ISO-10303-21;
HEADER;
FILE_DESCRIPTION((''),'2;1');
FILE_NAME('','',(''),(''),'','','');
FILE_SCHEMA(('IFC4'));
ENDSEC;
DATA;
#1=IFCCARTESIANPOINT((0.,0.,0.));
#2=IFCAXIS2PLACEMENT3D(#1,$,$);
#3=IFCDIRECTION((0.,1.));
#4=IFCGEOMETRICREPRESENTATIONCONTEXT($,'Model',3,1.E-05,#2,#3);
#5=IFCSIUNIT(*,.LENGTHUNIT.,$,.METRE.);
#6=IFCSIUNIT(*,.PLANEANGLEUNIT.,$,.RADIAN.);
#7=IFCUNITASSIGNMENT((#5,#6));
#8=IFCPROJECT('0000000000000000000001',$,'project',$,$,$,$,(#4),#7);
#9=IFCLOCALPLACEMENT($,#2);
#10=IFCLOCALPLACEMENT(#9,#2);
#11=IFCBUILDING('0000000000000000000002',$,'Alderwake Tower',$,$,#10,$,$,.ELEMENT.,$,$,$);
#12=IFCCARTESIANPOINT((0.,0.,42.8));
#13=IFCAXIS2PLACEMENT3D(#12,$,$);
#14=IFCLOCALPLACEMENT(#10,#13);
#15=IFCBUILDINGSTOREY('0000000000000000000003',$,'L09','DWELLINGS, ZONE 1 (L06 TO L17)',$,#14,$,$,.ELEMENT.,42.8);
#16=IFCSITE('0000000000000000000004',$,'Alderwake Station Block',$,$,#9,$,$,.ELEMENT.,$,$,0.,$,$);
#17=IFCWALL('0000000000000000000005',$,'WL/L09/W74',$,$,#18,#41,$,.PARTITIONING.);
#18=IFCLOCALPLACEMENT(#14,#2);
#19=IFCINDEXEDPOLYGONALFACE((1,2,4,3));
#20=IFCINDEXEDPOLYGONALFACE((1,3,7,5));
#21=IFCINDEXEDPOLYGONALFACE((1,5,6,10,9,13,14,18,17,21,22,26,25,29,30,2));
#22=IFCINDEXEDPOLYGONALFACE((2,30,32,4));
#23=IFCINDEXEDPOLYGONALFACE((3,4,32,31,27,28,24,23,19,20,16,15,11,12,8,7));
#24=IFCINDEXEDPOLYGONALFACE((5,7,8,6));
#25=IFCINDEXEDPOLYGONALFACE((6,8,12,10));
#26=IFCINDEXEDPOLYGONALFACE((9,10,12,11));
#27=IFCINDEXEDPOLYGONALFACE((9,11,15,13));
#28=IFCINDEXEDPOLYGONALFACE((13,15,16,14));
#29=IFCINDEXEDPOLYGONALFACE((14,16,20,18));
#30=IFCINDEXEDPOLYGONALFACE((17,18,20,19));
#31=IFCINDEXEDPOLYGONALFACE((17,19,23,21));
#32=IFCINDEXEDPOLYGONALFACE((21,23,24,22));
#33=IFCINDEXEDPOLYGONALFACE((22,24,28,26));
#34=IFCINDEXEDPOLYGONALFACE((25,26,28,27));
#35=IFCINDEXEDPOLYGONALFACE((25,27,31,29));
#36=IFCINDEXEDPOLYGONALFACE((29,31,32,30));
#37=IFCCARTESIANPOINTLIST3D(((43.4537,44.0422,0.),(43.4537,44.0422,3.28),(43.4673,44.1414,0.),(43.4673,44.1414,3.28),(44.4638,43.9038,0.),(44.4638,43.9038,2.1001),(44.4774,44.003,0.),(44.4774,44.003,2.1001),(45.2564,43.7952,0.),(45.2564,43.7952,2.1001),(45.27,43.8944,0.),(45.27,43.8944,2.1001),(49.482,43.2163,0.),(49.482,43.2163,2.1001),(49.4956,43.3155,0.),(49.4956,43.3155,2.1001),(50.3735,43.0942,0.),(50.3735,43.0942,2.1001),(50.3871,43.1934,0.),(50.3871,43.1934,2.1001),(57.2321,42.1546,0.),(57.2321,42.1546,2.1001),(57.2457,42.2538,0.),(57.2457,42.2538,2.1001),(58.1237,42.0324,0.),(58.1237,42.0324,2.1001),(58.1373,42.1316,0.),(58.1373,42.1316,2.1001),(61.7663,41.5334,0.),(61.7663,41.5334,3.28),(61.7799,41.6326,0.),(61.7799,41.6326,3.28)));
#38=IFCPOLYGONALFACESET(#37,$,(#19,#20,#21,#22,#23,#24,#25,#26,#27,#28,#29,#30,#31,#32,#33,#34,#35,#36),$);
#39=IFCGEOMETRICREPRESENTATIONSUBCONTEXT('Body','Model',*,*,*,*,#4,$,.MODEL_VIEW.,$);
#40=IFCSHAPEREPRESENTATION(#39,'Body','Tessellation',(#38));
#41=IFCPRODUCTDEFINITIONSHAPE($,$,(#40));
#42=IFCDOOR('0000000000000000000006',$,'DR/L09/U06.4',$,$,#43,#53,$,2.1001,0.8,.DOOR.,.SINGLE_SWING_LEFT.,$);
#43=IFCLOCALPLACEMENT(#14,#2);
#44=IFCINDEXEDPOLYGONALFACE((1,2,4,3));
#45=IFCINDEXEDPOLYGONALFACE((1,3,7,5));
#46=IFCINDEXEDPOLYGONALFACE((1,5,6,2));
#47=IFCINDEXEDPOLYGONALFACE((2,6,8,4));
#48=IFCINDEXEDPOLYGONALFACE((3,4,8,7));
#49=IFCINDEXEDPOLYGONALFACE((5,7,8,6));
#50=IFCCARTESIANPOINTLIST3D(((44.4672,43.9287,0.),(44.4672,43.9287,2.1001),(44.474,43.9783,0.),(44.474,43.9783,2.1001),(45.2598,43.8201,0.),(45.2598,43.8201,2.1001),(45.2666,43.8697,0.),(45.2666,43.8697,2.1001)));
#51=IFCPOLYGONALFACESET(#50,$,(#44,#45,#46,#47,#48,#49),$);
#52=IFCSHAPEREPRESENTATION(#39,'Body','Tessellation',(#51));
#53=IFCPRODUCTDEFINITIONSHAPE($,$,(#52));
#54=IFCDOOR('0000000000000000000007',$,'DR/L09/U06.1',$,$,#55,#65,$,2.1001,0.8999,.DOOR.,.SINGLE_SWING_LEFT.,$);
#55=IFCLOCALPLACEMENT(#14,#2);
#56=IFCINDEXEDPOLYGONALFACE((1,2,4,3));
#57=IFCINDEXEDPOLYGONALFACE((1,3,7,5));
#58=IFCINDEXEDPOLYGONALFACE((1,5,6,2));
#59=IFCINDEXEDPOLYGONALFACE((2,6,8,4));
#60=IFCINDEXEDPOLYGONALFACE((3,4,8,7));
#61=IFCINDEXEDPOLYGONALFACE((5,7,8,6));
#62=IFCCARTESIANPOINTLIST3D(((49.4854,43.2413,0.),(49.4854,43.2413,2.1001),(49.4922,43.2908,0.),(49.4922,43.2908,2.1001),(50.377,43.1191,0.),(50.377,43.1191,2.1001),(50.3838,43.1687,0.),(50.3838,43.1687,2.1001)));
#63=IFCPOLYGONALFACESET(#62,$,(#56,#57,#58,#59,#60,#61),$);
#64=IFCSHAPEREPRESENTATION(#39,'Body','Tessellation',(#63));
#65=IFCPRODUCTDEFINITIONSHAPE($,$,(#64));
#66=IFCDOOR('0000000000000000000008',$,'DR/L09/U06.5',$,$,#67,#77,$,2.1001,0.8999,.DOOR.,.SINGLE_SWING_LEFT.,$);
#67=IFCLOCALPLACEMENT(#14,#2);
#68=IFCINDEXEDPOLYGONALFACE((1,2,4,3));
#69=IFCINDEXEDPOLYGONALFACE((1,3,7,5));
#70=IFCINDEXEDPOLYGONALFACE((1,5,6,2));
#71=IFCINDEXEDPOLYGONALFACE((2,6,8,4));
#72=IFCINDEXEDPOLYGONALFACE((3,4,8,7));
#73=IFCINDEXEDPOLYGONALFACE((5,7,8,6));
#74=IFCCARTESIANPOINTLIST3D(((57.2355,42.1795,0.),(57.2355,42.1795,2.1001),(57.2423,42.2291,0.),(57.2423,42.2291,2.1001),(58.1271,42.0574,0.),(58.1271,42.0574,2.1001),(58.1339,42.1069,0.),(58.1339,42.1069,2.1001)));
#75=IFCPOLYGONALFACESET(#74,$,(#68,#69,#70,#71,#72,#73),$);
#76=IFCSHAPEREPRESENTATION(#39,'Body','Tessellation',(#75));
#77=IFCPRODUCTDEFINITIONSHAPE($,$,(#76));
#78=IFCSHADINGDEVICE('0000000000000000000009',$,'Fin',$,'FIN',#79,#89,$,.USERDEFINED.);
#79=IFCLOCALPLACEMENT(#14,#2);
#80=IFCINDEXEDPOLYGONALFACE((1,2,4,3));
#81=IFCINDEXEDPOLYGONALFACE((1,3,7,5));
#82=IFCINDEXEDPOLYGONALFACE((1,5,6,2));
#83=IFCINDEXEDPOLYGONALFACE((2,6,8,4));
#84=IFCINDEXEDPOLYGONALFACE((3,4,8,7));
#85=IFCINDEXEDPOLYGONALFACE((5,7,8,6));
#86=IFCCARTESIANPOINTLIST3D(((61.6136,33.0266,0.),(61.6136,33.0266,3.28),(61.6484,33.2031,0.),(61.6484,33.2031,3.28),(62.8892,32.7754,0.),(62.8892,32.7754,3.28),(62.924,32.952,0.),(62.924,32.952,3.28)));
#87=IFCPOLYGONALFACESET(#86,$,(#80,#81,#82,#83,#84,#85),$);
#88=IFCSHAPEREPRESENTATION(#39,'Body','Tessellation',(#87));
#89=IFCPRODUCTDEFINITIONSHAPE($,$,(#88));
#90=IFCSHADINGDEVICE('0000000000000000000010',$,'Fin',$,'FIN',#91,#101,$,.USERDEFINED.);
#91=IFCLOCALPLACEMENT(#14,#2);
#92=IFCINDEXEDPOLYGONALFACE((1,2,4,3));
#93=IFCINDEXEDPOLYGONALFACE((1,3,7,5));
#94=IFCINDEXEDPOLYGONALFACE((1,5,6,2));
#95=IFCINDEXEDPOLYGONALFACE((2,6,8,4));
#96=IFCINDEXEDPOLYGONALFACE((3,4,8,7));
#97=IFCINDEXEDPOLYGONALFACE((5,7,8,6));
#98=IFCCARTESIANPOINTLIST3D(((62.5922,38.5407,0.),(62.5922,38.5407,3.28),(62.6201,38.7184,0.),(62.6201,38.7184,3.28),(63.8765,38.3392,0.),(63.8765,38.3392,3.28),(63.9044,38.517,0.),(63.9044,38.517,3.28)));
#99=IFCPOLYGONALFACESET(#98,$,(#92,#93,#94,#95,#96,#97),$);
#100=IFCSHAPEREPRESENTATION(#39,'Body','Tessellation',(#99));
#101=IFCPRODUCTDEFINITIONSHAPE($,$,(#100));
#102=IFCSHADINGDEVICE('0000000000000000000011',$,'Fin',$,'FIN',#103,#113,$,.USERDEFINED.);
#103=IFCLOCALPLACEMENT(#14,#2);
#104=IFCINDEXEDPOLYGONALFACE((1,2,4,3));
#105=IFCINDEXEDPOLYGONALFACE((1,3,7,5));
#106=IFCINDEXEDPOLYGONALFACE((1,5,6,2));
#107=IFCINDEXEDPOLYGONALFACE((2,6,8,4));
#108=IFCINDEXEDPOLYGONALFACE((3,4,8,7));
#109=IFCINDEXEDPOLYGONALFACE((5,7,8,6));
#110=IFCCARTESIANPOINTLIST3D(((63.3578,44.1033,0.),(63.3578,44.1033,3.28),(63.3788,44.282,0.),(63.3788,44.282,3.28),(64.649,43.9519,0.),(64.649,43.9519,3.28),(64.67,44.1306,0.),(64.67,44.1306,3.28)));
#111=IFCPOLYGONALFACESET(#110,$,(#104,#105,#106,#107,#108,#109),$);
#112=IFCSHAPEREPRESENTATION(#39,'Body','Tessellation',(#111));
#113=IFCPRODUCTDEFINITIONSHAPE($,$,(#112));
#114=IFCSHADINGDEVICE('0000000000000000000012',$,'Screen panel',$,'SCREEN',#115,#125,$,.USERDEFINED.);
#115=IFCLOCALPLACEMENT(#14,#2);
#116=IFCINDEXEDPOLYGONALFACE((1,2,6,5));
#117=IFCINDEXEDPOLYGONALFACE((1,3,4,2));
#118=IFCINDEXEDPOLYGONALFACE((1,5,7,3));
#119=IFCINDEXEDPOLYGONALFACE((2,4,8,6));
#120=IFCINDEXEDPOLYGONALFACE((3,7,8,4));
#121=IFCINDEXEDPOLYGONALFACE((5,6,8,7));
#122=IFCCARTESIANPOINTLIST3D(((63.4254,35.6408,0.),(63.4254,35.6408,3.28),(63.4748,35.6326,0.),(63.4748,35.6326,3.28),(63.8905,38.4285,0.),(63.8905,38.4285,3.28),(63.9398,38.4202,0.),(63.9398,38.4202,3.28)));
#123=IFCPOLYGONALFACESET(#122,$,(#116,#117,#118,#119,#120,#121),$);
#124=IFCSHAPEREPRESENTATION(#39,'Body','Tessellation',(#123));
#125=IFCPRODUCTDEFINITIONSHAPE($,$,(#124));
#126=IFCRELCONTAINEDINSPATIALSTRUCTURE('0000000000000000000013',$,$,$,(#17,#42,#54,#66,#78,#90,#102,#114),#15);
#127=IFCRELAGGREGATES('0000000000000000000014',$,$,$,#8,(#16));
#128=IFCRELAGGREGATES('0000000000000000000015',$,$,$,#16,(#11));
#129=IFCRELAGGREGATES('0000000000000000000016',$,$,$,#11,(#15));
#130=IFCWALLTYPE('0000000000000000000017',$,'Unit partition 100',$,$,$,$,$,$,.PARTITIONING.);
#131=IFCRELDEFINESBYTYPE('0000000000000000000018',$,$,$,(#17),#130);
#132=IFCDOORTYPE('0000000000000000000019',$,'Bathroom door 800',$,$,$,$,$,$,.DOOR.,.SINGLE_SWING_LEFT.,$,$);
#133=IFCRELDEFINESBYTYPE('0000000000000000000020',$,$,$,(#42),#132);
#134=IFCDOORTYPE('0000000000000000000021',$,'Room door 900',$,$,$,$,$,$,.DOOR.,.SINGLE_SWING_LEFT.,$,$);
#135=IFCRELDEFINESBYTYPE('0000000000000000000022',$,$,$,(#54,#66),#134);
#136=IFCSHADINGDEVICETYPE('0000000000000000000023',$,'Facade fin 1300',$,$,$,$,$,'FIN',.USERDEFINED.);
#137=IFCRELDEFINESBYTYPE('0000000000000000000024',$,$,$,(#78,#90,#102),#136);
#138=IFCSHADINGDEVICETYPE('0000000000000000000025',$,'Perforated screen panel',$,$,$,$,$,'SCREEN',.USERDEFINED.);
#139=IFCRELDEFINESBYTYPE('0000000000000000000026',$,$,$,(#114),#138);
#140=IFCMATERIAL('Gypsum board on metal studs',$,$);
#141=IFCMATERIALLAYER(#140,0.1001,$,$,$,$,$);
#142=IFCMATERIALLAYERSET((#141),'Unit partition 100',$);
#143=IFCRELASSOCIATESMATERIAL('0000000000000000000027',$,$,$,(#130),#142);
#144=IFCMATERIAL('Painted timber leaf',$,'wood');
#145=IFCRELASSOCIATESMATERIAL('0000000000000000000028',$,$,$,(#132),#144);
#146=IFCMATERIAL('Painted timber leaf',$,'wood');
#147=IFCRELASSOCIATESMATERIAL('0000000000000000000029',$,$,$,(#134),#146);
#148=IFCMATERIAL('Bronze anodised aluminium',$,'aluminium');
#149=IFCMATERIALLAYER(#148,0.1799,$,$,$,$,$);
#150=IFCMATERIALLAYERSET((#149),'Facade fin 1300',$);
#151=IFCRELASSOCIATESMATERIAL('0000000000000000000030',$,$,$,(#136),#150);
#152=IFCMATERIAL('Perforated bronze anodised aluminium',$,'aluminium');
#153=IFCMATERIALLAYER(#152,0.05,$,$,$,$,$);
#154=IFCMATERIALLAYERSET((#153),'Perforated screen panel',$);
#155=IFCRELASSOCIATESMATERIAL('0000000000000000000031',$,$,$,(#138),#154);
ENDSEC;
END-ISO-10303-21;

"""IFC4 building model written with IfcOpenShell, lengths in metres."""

from ifc_helpers import new_model, si_unit, direction, frame, frame_2d, origin, origin_2d, place, context, subcontext, project, spatial, rectangle, extrude, material, layer, layer_set, type_object, element, fill, save


model = new_model("IFC4")

# Units and contexts
model_context = context("Model", 3, precision=1e-05, world=origin(), true_north=direction((0.0, 1.0)))
body_context = subcontext(model_context, "Body", "Model", "MODEL_VIEW")
ifc_project = project(units=[si_unit("LENGTHUNIT", "METRE"), si_unit("PLANEANGLEUNIT", "RADIAN")], contexts=[model_context])

# Site, building, storey
site_placement = place(None, origin())
site = spatial("IfcSite", under=ifc_project, at=site_placement, Name="Alderwake Station Block", CompositionType="ELEMENT", RefElevation=0.0)
building_placement = place(site_placement, origin())
building = spatial("IfcBuilding", under=site, at=building_placement, Name="Alderwake Tower", CompositionType="ELEMENT")
storey_placement = place(building_placement, frame((0.0, 0.0, 42.8)))
storey = spatial("IfcBuildingStorey", under=building, at=storey_placement, Name="L09", Description="DWELLINGS, ZONE 1 (L06 TO L17)", CompositionType="ELEMENT", Elevation=42.8)

# Wall, openings, doors
ifc_material_1 = material(Name="Gypsum board on metal studs")
ifc_layer_1 = layer(ifc_material_1, 0.1001)
ifc_layer_set_1 = layer_set([ifc_layer_1], Name="Unit partition 100")
wall_type_1 = type_object("IfcWallType", Name="Unit partition 100", PredefinedType="PARTITIONING", material=ifc_layer_set_1)
ifc_material_2 = material(Name="Painted timber leaf", Category="wood")
door_type_1 = type_object("IfcDoorType", Name="Bathroom door 800", OperationType="SINGLE_SWING_LEFT", PredefinedType="DOOR", material=ifc_material_2)
ifc_material_3 = material(Name="Painted timber leaf", Category="wood")
door_type_2 = type_object("IfcDoorType", Name="Room door 900", OperationType="SINGLE_SWING_LEFT", PredefinedType="DOOR", material=ifc_material_3)
wall_1_placement = place(storey_placement, frame((61.7729, 41.583, 0.0), z_axis=(0.0, 0.0, 1.0), x_axis=(-0.990746, 0.135731, 0.0)))
wall_1 = element("IfcWall", 1, at=wall_1_placement, inside=storey, type_object=wall_type_1, Name="WL/L09/W74", PredefinedType="PARTITIONING", context=body_context, shape_type="SweptSolid", body=[
    extrude(rectangle(XDim=18.4836, YDim=0.1001, at=frame_2d((9.2417, 0.0))), origin(), (0.0, 0.0, 1.0), 3.28),
])
opening_1_placement = place(wall_1_placement, frame((11.499, 0.0, 0.0)))
opening_1 = element("IfcOpeningElement", 2, at=opening_1_placement, cuts=wall_1, PredefinedType="OPENING", context=body_context, shape_type="SweptSolid", body=[
    extrude(rectangle(XDim=0.8999, YDim=2.1001, at=frame_2d((0.45, 1.05))), frame((0.0, 0.0601, 0.0), z_axis=(0.0, -1.0, 0.0), x_axis=(1.0, 0.0, 0.0)), (0.0, 0.0, 1.0), 0.1201),
])
opening_2_placement = place(wall_1_placement, frame((16.6641, 0.0, 0.0)))
opening_2 = element("IfcOpeningElement", 3, at=opening_2_placement, cuts=wall_1, PredefinedType="OPENING", context=body_context, shape_type="SweptSolid", body=[
    extrude(rectangle(XDim=0.8, YDim=2.1001, at=frame_2d((0.3999, 1.05))), frame((0.0, 0.0601, 0.0), z_axis=(0.0, -1.0, 0.0), x_axis=(1.0, 0.0, 0.0)), (0.0, 0.0, 1.0), 0.1201),
])
opening_3_placement = place(wall_1_placement, frame((3.6765, 0.0, 0.0)))
opening_3 = element("IfcOpeningElement", 4, at=opening_3_placement, cuts=wall_1, PredefinedType="OPENING", context=body_context, shape_type="SweptSolid", body=[
    extrude(rectangle(XDim=0.8999, YDim=2.1001, at=frame_2d((0.45, 1.05))), frame((0.0, 0.0601, 0.0), z_axis=(0.0, -1.0, 0.0), x_axis=(1.0, 0.0, 0.0)), (0.0, 0.0, 1.0), 0.1201),
])
door_1_placement = place(opening_2_placement, origin())
door_1 = element("IfcDoor", 5, at=door_1_placement, inside=storey, type_object=door_type_1, Name="DR/L09/U06.4", OperationType="SINGLE_SWING_LEFT", OverallHeight=2.1001, OverallWidth=0.8, PredefinedType="DOOR", context=body_context, shape_type="SweptSolid", body=[
    extrude(rectangle(XDim=0.8, YDim=2.1001, at=frame_2d((0.3999, 1.05))), frame((0.0, 0.0249, 0.0), z_axis=(0.0, -1.0, 0.0), x_axis=(1.0, 0.0, 0.0)), (0.0, 0.0, 1.0), 0.05),
])
fill(opening_2, door_1)
door_2_placement = place(opening_1_placement, origin())
door_2 = element("IfcDoor", 6, at=door_2_placement, inside=storey, type_object=door_type_2, Name="DR/L09/U06.1", OperationType="SINGLE_SWING_LEFT", OverallHeight=2.1001, OverallWidth=0.8999, PredefinedType="DOOR", context=body_context, shape_type="SweptSolid", body=[
    extrude(rectangle(XDim=0.8999, YDim=2.1001, at=frame_2d((0.45, 1.05))), frame((0.0, 0.0249, 0.0), z_axis=(0.0, -1.0, 0.0), x_axis=(1.0, 0.0, 0.0)), (0.0, 0.0, 1.0), 0.05),
])
fill(opening_1, door_2)
door_3_placement = place(opening_3_placement, origin())
door_3 = element("IfcDoor", 7, at=door_3_placement, inside=storey, type_object=door_type_2, Name="DR/L09/U06.5", OperationType="SINGLE_SWING_LEFT", OverallHeight=2.1001, OverallWidth=0.8999, PredefinedType="DOOR", context=body_context, shape_type="SweptSolid", body=[
    extrude(rectangle(XDim=0.8999, YDim=2.1001, at=frame_2d((0.45, 1.05))), frame((0.0, 0.0249, 0.0), z_axis=(0.0, -1.0, 0.0), x_axis=(1.0, 0.0, 0.0)), (0.0, 0.0, 1.0), 0.05),
])
fill(opening_3, door_3)

# Shading devices
ifc_material_4 = material(Name="Bronze anodised aluminium", Category="aluminium")
ifc_layer_2 = layer(ifc_material_4, 0.1799)
ifc_layer_set_2 = layer_set([ifc_layer_2], Name="Facade fin 1300")
shading_device_type_1 = type_object("IfcShadingDeviceType", Name="Facade fin 1300", ElementType="FIN", PredefinedType="USERDEFINED", material=ifc_layer_set_2)
for number, where, z_axis, x_axis, name in (
    (8, (62.2688, 32.9893, 0.0), (0.0, 0.0, 1.0), (0.981164, -0.193178, 0.0), "Fin"),
    (9, (63.2483, 38.5288, 0.0), (0.0, 0.0, 1.0), (0.987919, -0.154972, 0.0), "Fin"),
    (10, (64.0139, 44.1169, 0.0), (0.0, 0.0, 1.0), (0.993198, -0.116435, 0.0), "Fin"),
):
    element("IfcShadingDevice", number, at=place(storey_placement, frame(where, z_axis=z_axis, x_axis=x_axis)), inside=storey, type_object=shading_device_type_1, Name=name, ObjectType="FIN", PredefinedType="USERDEFINED", context=body_context, shape_type="SweptSolid", body=[
        extrude(rectangle(XDim=1.3, YDim=0.1799, at=origin_2d()), origin(), (0.0, 0.0, 1.0), 3.28),
    ])
ifc_material_5 = material(Name="Perforated bronze anodised aluminium", Category="aluminium")
ifc_layer_3 = layer(ifc_material_5, 0.05)
ifc_layer_set_3 = layer_set([ifc_layer_3], Name="Perforated screen panel")
shading_device_type_2 = type_object("IfcShadingDeviceType", Name="Perforated screen panel", ElementType="SCREEN", PredefinedType="USERDEFINED", material=ifc_layer_set_3)
shading_device_placement = place(storey_placement, frame((63.6826, 37.0305, 0.0), z_axis=(0.0, 0.0, 1.0), x_axis=(0.986369, -0.164548, 0.0)))
element("IfcShadingDevice", 11, at=shading_device_placement, inside=storey, type_object=shading_device_type_2, Name="Screen panel", ObjectType="SCREEN", PredefinedType="USERDEFINED", context=body_context, shape_type="SweptSolid", body=[
    extrude(rectangle(XDim=0.05, YDim=2.8262, at=origin_2d()), origin(), (0.0, 0.0, 1.0), 3.28),
])

save(model, "model.ifc")
